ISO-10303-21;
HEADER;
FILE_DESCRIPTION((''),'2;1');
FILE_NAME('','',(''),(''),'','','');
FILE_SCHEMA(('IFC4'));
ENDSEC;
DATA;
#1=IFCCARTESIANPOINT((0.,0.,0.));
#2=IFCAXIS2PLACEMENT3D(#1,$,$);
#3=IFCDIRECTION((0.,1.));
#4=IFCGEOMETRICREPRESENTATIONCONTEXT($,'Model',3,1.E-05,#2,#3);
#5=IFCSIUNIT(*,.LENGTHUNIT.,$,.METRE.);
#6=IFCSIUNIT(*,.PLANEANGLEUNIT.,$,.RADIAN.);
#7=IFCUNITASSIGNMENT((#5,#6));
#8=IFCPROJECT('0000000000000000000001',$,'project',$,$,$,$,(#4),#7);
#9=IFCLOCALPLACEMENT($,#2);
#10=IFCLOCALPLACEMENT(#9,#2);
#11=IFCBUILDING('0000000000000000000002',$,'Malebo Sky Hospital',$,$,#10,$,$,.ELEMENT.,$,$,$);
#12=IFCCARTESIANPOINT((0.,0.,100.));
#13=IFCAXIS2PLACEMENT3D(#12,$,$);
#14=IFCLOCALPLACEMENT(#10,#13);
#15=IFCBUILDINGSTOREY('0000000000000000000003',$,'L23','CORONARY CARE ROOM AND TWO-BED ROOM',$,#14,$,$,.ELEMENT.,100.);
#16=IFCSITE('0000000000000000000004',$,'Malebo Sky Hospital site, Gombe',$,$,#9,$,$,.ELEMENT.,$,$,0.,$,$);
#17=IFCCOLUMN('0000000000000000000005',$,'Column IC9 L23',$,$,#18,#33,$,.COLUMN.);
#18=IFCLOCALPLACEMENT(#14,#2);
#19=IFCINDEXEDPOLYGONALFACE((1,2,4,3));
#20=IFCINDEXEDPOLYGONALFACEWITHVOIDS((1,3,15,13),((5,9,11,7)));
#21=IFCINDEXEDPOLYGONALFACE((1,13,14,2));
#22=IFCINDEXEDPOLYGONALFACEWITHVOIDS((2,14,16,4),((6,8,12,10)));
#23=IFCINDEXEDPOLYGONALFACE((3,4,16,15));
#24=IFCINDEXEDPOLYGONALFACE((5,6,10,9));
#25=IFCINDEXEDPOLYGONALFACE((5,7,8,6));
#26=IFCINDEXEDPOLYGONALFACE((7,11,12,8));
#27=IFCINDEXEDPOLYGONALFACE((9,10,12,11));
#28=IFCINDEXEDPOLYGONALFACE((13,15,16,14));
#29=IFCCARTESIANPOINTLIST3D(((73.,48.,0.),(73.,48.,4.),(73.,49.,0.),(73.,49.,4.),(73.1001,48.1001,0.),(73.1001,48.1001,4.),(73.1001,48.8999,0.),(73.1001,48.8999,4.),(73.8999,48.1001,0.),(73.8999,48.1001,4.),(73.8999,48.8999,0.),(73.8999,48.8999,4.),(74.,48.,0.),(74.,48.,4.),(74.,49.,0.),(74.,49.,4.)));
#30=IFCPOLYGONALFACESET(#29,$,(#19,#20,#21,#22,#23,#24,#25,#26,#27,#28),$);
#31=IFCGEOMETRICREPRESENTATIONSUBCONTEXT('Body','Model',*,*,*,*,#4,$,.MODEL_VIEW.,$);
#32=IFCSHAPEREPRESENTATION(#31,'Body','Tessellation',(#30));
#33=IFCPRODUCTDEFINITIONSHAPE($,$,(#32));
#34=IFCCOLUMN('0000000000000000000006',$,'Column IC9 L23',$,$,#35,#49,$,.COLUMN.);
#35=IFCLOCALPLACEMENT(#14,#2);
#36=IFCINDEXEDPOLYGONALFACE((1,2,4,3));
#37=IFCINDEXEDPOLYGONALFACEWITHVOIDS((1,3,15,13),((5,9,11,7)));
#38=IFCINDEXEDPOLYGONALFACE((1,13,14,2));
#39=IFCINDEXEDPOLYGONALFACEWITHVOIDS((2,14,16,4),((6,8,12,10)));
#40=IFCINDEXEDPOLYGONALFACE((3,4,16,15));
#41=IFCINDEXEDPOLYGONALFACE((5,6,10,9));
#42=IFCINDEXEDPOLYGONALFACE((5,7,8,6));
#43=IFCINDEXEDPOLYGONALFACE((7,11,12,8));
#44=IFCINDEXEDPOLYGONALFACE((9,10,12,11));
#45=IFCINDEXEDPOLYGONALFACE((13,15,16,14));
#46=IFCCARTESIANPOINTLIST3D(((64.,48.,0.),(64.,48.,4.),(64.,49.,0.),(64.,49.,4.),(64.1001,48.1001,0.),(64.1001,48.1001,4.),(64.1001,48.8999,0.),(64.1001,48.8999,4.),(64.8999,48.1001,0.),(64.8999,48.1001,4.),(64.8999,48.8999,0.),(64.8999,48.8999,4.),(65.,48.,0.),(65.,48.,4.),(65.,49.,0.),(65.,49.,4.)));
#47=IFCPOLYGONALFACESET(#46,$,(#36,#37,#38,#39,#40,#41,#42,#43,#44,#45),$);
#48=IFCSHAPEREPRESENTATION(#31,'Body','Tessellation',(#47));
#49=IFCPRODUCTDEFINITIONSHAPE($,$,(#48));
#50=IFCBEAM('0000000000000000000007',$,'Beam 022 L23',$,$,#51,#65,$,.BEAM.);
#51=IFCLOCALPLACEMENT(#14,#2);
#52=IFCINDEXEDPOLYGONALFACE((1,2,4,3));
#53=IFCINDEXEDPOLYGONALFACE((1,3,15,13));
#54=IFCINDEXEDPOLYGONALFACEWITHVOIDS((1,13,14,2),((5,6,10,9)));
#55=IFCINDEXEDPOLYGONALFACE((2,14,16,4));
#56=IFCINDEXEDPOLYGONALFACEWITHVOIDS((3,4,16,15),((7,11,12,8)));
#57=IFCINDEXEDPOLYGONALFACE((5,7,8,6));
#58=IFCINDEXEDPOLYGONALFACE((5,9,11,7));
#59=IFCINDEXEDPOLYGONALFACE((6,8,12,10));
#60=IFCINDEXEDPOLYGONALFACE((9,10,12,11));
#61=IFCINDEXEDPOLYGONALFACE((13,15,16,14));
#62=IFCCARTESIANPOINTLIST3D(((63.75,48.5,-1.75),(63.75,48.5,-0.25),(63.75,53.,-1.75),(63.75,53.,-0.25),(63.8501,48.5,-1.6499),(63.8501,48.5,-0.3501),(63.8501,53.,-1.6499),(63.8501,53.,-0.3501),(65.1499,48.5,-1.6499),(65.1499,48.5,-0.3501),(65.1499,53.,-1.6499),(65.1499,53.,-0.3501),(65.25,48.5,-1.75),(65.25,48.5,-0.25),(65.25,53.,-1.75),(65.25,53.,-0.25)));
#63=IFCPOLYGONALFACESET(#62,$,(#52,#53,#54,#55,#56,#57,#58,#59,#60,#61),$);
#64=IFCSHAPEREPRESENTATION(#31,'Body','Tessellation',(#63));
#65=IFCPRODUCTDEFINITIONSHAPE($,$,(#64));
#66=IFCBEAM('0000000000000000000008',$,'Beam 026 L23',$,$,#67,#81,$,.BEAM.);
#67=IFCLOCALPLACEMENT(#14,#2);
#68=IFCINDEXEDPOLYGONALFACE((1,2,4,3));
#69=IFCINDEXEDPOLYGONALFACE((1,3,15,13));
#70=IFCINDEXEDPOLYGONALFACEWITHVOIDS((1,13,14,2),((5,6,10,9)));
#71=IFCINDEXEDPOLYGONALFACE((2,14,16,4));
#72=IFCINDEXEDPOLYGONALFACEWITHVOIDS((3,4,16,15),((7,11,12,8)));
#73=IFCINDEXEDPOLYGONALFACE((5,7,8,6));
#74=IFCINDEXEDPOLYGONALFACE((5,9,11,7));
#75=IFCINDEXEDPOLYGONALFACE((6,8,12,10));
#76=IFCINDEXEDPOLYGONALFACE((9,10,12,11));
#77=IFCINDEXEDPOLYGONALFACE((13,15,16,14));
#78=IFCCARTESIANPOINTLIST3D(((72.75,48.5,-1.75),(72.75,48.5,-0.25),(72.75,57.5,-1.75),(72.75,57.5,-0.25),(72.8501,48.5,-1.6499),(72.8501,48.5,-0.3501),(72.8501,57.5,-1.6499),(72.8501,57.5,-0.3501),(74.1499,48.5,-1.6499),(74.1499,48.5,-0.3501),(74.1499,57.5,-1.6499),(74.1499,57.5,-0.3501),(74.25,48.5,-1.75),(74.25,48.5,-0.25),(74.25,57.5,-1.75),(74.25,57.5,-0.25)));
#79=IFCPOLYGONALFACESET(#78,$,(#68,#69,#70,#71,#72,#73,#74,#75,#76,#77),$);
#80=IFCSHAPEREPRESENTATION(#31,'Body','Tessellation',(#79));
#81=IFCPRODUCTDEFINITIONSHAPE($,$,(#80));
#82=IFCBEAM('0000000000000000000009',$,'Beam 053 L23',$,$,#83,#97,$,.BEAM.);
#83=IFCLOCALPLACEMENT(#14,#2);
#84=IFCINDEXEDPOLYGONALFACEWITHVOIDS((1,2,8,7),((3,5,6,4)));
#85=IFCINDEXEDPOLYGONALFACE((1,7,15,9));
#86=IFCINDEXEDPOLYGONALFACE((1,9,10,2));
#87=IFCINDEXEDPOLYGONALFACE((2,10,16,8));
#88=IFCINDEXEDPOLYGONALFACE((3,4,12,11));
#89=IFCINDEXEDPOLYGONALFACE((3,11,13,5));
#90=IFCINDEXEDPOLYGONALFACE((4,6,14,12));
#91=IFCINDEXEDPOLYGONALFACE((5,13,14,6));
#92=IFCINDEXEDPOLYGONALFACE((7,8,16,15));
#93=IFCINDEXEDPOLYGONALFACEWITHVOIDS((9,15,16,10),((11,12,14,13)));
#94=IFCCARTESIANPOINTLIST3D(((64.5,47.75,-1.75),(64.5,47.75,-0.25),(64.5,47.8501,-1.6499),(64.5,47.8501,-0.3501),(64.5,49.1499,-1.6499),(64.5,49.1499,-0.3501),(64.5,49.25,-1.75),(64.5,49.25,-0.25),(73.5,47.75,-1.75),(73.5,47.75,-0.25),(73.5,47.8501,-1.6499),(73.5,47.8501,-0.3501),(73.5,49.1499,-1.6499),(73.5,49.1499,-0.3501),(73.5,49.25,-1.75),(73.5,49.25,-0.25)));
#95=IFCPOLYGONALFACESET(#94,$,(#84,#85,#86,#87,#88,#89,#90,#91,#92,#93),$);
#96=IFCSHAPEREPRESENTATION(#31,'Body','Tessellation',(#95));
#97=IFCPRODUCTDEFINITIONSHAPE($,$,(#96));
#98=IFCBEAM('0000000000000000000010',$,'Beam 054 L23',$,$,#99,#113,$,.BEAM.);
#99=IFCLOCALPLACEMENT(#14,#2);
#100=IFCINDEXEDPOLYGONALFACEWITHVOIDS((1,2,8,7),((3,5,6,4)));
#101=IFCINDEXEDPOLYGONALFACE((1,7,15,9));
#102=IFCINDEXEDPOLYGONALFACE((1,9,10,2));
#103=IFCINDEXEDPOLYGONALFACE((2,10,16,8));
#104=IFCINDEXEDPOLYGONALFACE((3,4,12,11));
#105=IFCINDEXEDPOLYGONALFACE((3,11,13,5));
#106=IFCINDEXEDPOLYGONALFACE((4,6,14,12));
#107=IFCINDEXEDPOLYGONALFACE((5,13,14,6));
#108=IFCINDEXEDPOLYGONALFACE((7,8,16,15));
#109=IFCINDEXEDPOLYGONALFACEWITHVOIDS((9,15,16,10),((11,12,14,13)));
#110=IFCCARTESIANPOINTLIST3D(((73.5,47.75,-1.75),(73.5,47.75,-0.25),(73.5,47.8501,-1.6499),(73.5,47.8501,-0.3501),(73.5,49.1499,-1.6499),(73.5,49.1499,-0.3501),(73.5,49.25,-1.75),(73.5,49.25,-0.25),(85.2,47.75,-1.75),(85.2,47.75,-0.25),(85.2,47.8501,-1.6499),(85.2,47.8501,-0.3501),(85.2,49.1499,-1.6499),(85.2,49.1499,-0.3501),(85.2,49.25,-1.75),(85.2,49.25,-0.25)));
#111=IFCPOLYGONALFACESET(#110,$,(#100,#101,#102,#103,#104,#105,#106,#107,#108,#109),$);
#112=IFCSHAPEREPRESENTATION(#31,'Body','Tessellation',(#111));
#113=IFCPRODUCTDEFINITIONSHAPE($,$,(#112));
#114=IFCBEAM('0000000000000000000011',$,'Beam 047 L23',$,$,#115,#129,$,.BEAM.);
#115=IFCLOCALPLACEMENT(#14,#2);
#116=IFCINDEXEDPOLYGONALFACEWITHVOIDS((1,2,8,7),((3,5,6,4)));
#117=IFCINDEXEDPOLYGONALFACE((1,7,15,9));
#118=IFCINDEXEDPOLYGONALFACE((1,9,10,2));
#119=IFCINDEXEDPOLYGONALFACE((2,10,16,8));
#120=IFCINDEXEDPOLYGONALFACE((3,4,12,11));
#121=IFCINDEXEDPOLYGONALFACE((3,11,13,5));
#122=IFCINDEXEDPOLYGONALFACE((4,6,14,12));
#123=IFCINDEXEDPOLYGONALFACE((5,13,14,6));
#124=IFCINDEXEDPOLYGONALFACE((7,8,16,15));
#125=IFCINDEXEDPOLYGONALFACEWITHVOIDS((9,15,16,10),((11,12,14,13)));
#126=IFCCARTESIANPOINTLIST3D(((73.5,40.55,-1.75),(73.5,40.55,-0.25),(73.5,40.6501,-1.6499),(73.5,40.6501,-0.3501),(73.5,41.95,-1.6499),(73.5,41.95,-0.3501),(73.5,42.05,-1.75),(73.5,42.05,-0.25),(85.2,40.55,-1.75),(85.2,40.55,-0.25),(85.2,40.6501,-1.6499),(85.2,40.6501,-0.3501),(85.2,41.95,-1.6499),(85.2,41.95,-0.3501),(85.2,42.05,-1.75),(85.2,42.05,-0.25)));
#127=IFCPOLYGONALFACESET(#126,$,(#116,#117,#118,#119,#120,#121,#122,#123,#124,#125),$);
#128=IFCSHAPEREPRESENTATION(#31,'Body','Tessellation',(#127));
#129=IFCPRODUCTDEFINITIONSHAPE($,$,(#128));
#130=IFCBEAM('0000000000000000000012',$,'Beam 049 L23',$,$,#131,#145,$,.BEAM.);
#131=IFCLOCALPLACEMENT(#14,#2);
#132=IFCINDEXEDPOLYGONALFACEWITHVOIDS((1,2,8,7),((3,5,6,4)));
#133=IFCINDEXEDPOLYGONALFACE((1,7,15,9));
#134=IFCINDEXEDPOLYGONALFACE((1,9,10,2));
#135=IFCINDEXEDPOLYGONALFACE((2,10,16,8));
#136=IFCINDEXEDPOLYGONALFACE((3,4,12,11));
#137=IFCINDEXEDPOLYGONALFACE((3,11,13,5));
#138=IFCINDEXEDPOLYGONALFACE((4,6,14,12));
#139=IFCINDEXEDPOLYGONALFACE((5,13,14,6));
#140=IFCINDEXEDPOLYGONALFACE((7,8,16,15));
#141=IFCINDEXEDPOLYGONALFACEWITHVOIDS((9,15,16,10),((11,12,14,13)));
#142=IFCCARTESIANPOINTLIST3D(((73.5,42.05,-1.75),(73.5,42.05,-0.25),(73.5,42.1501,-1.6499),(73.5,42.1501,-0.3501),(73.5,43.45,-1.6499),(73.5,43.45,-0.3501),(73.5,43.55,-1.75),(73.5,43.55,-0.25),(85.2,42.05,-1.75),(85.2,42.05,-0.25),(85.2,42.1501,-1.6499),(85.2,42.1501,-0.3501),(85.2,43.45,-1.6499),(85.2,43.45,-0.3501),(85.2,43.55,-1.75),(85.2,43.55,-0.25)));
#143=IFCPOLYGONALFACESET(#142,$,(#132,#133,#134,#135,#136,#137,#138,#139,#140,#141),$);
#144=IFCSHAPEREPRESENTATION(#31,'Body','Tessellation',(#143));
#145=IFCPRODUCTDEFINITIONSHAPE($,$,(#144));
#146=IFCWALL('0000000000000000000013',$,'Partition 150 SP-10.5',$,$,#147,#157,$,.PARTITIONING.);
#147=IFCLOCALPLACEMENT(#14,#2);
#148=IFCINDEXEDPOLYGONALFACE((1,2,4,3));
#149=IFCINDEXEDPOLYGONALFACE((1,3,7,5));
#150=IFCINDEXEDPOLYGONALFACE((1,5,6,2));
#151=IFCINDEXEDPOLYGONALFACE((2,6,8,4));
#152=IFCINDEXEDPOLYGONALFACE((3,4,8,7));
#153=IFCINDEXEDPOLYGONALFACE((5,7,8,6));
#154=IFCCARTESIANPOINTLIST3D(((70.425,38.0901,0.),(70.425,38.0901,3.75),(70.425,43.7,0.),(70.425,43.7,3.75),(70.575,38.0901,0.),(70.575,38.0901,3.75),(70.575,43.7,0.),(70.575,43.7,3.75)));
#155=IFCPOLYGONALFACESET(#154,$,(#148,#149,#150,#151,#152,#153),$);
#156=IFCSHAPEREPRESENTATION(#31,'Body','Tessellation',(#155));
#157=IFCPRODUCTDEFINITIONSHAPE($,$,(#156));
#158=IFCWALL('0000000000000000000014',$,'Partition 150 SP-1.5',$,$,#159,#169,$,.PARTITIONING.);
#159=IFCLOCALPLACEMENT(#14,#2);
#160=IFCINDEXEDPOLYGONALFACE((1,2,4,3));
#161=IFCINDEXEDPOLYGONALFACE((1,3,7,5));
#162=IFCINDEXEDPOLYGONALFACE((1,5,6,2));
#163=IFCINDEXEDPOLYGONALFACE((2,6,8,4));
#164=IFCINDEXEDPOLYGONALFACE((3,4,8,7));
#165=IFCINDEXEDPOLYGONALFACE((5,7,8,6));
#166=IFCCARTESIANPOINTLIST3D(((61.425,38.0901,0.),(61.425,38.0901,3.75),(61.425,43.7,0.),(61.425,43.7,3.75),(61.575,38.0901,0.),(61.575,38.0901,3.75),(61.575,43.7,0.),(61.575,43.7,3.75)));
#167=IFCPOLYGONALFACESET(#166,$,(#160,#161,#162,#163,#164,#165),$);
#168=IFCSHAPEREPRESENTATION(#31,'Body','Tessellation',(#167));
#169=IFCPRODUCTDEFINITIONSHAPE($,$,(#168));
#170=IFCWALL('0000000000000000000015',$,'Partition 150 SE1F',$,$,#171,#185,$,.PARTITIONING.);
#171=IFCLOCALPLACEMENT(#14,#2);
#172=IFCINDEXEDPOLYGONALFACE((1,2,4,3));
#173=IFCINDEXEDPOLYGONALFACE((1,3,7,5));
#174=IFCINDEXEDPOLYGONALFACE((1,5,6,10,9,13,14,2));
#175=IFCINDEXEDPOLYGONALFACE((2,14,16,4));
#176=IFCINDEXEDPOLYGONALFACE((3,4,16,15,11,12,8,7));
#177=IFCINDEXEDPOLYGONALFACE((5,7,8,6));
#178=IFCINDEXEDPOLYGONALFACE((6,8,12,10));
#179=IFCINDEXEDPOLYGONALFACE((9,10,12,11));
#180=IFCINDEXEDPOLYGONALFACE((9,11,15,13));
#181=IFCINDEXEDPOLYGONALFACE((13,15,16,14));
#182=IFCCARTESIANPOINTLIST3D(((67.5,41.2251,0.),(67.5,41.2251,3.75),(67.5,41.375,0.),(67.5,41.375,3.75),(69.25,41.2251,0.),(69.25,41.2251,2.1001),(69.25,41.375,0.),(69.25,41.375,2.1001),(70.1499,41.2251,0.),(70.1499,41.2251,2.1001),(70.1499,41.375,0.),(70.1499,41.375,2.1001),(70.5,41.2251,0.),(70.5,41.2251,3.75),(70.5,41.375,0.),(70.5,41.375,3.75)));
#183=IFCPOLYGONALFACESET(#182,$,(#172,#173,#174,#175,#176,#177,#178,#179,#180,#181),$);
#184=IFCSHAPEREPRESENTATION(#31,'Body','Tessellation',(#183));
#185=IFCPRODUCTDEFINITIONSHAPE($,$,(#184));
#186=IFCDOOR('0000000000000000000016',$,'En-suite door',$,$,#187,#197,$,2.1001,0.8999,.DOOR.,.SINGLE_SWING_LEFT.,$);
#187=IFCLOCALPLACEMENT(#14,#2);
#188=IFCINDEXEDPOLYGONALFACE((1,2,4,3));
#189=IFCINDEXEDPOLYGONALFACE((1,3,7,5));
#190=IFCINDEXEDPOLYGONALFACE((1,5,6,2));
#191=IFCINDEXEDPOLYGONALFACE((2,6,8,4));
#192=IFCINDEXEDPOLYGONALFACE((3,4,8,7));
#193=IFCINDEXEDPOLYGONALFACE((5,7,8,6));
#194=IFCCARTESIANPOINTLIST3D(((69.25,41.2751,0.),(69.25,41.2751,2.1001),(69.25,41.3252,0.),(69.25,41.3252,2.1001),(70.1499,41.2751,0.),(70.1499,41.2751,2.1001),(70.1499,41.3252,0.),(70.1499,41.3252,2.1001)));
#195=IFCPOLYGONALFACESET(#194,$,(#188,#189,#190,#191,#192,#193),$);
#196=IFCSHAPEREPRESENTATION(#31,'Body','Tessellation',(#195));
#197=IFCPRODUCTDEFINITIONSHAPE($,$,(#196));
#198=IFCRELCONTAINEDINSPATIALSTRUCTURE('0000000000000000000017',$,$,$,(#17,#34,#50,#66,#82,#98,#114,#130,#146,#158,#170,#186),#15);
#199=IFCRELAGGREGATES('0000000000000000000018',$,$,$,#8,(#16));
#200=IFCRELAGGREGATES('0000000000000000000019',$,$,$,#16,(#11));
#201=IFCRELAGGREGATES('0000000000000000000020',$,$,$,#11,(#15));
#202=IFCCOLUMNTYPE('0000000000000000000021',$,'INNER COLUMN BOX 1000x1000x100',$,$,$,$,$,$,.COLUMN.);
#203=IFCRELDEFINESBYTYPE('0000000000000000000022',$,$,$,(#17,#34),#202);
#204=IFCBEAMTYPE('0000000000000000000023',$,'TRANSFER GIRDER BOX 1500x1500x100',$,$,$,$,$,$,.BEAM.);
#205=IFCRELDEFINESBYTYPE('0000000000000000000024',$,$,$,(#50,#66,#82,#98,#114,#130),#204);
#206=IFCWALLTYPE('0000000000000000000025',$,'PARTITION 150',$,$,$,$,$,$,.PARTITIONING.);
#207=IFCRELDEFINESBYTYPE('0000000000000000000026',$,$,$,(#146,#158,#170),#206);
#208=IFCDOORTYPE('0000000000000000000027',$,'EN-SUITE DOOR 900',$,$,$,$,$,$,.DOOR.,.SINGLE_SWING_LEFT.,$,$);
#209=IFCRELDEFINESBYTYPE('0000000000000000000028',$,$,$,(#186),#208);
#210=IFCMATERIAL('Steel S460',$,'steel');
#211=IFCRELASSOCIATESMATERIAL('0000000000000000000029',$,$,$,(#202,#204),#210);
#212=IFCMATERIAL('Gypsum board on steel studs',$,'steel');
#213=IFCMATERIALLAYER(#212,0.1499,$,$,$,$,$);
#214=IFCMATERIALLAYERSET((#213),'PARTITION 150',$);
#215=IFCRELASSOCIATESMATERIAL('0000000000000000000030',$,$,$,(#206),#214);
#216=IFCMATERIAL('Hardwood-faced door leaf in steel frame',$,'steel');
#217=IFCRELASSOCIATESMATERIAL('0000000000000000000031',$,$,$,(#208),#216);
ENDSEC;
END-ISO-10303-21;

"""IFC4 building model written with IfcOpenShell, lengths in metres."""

from ifc_helpers import new_model, si_unit, direction, frame, frame_2d, origin, origin_2d, place, context, subcontext, project, spatial, rectangle, hollow_rectangle, extrude, material, layer, layer_set, material_profile, profile_set, type_object, element, fill, save


model = new_model("IFC4")

# Units and contexts
model_context = context("Model", 3, precision=1e-05, world=origin(), true_north=direction((0.0, 1.0)))
body_context = subcontext(model_context, "Body", "Model", "MODEL_VIEW")
ifc_project = project(units=[si_unit("LENGTHUNIT", "METRE"), si_unit("PLANEANGLEUNIT", "RADIAN")], contexts=[model_context])

# Site, building, storey
site_placement = place(None, origin())
site = spatial("IfcSite", under=ifc_project, at=site_placement, Name="Malebo Sky Hospital site, Gombe", CompositionType="ELEMENT", RefElevation=0.0)
building_placement = place(site_placement, origin())
building = spatial("IfcBuilding", under=site, at=building_placement, Name="Malebo Sky Hospital", CompositionType="ELEMENT")
storey_placement = place(building_placement, frame((0.0, 0.0, 100.0)))
storey = spatial("IfcBuildingStorey", under=building, at=storey_placement, Name="L23", Description="CORONARY CARE ROOM AND TWO-BED ROOM", CompositionType="ELEMENT", Elevation=100.0)

# Columns
ifc_material_1 = material(Name="Steel S460", Category="steel")
ifc_material_profile_1 = material_profile(ifc_material_1, hollow_rectangle(XDim=1.0, YDim=1.0, WallThickness=0.1001, at=origin_2d()), Name="BOX 1000x1000x100")
ifc_profile_set_1 = profile_set([ifc_material_profile_1], Name="Steel S460")
column_type = type_object("IfcColumnType", Name="INNER COLUMN BOX 1000x1000x100", PredefinedType="COLUMN", material=ifc_profile_set_1)
for number, where, z_axis, x_axis, name in (
    (1, (73.5, 48.5, 0.0), (0.0, 0.0, 1.0), (1.0, 0.0, 0.0), "Column IC9 L23"),
    (2, (64.5, 48.5, 0.0), (0.0, 0.0, 1.0), (1.0, 0.0, 0.0), "Column IC9 L23"),
):
    element("IfcColumn", number, at=place(storey_placement, frame(where, z_axis=z_axis, x_axis=x_axis)), inside=storey, type_object=column_type, Name=name, PredefinedType="COLUMN", context=body_context, shape_type="SweptSolid", body=[
        extrude(hollow_rectangle(XDim=1.0, YDim=1.0, WallThickness=0.1001, at=origin_2d()), origin(), (0.0, 0.0, 1.0), 4.0),
    ])

# Beams
ifc_material_profile_2 = material_profile(ifc_material_1, hollow_rectangle(XDim=1.5, YDim=1.5, WallThickness=0.1001, at=origin_2d()), Name="BOX 1500x1500x100")
ifc_profile_set_2 = profile_set([ifc_material_profile_2], Name="Steel S460")
beam_type = type_object("IfcBeamType", Name="TRANSFER GIRDER BOX 1500x1500x100", PredefinedType="BEAM", material=ifc_profile_set_2)
beam_placement = place(storey_placement, frame((64.5, 48.5, -1.0), z_axis=(0.0, 1.0, 0.0), x_axis=(-1.0, 0.0, 0.0)))
element("IfcBeam", 3, at=beam_placement, inside=storey, type_object=beam_type, Name="Beam 022 L23", PredefinedType="BEAM", context=body_context, shape_type="SweptSolid", body=[
    extrude(hollow_rectangle(XDim=1.5, YDim=1.5, WallThickness=0.1001, at=origin_2d()), origin(), (0.0, 0.0, 1.0), 4.5),
])
for number, where, z_axis, x_axis, name in (
    (4, (73.5, 48.5, -1.0), (0.0, 1.0, 0.0), (-1.0, 0.0, 0.0), "Beam 026 L23"),
    (5, (64.5, 48.5, -1.0), (1.0, 0.0, 0.0), (0.0, 1.0, 0.0), "Beam 053 L23"),
):
    element("IfcBeam", number, at=place(storey_placement, frame(where, z_axis=z_axis, x_axis=x_axis)), inside=storey, type_object=beam_type, Name=name, PredefinedType="BEAM", context=body_context, shape_type="SweptSolid", body=[
        extrude(hollow_rectangle(XDim=1.5, YDim=1.5, WallThickness=0.1001, at=origin_2d()), origin(), (0.0, 0.0, 1.0), 9.0),
    ])
for number, where, z_axis, x_axis, name in (
    (6, (73.5, 48.5, -1.0), (1.0, 0.0, 0.0), (0.0, 1.0, 0.0), "Beam 054 L23"),
    (7, (73.5, 41.3, -1.0), (1.0, 0.0, 0.0), (0.0, 1.0, 0.0), "Beam 047 L23"),
    (8, (73.5, 42.8, -1.0), (1.0, 0.0, 0.0), (0.0, 1.0, 0.0), "Beam 049 L23"),
):
    element("IfcBeam", number, at=place(storey_placement, frame(where, z_axis=z_axis, x_axis=x_axis)), inside=storey, type_object=beam_type, Name=name, PredefinedType="BEAM", context=body_context, shape_type="SweptSolid", body=[
        extrude(hollow_rectangle(XDim=1.5, YDim=1.5, WallThickness=0.1001, at=origin_2d()), origin(), (0.0, 0.0, 1.0), 11.7),
    ])

# Walls
ifc_material_2 = material(Name="Gypsum board on steel studs", Category="steel")
ifc_layer = layer(ifc_material_2, 0.1499)
ifc_layer_set = layer_set([ifc_layer], Name="PARTITION 150")
wall_type = type_object("IfcWallType", Name="PARTITION 150", PredefinedType="PARTITIONING", material=ifc_layer_set)
for number, where, z_axis, x_axis, name in (
    (9, (70.5, 43.7, 0.0), (0.0, 0.0, 1.0), (0.0, -1.0, 0.0), "Partition 150 SP-10.5"),
    (10, (61.5, 43.7, 0.0), (0.0, 0.0, 1.0), (0.0, -1.0, 0.0), "Partition 150 SP-1.5"),
):
    element("IfcWall", number, at=place(storey_placement, frame(where, z_axis=z_axis, x_axis=x_axis)), inside=storey, type_object=wall_type, Name=name, PredefinedType="PARTITIONING", context=body_context, shape_type="SweptSolid", body=[
        extrude(rectangle(XDim=5.6099, YDim=0.1499, at=frame_2d((2.8049, 0.0))), origin(), (0.0, 0.0, 1.0), 3.75),
    ])

# Wall, opening, door
wall_1_placement = place(storey_placement, frame((70.5, 41.3, 0.0), z_axis=(0.0, 0.0, 1.0), x_axis=(-1.0, 0.0, 0.0)))
wall_1 = element("IfcWall", 11, at=wall_1_placement, inside=storey, type_object=wall_type, Name="Partition 150 SE1F", PredefinedType="PARTITIONING", context=body_context, shape_type="SweptSolid", body=[
    extrude(rectangle(XDim=3.0, YDim=0.1499, at=frame_2d((1.5, 0.0))), origin(), (0.0, 0.0, 1.0), 3.75),
])
opening_1_placement = place(wall_1_placement, frame((0.3501, 0.0, 0.0)))
opening_1 = element("IfcOpeningElement", 12, at=opening_1_placement, cuts=wall_1, PredefinedType="OPENING", context=body_context, shape_type="SweptSolid", body=[
    extrude(rectangle(XDim=0.8999, YDim=2.1001, at=frame_2d((0.45, 1.05))), frame((0.0, 0.085, 0.0), z_axis=(0.0, -1.0, 0.0), x_axis=(1.0, 0.0, 0.0)), (0.0, 0.0, 1.0), 0.1699),
])
ifc_material_3 = material(Name="Hardwood-faced door leaf in steel frame", Category="steel")
door_type = type_object("IfcDoorType", Name="EN-SUITE DOOR 900", OperationType="SINGLE_SWING_LEFT", PredefinedType="DOOR", material=ifc_material_3)
door_1_placement = place(opening_1_placement, origin())
door_1 = element("IfcDoor", 13, at=door_1_placement, inside=storey, type_object=door_type, Name="En-suite door", OperationType="SINGLE_SWING_LEFT", OverallHeight=2.1001, OverallWidth=0.8999, PredefinedType="DOOR", context=body_context, shape_type="SweptSolid", body=[
    extrude(rectangle(XDim=0.8999, YDim=2.1001, at=frame_2d((0.45, 1.05))), frame((0.0, 0.0249, 0.0), z_axis=(0.0, -1.0, 0.0), x_axis=(1.0, 0.0, 0.0)), (0.0, 0.0, 1.0), 0.05),
])
fill(opening_1, door_1)

save(model, "model.ifc")
